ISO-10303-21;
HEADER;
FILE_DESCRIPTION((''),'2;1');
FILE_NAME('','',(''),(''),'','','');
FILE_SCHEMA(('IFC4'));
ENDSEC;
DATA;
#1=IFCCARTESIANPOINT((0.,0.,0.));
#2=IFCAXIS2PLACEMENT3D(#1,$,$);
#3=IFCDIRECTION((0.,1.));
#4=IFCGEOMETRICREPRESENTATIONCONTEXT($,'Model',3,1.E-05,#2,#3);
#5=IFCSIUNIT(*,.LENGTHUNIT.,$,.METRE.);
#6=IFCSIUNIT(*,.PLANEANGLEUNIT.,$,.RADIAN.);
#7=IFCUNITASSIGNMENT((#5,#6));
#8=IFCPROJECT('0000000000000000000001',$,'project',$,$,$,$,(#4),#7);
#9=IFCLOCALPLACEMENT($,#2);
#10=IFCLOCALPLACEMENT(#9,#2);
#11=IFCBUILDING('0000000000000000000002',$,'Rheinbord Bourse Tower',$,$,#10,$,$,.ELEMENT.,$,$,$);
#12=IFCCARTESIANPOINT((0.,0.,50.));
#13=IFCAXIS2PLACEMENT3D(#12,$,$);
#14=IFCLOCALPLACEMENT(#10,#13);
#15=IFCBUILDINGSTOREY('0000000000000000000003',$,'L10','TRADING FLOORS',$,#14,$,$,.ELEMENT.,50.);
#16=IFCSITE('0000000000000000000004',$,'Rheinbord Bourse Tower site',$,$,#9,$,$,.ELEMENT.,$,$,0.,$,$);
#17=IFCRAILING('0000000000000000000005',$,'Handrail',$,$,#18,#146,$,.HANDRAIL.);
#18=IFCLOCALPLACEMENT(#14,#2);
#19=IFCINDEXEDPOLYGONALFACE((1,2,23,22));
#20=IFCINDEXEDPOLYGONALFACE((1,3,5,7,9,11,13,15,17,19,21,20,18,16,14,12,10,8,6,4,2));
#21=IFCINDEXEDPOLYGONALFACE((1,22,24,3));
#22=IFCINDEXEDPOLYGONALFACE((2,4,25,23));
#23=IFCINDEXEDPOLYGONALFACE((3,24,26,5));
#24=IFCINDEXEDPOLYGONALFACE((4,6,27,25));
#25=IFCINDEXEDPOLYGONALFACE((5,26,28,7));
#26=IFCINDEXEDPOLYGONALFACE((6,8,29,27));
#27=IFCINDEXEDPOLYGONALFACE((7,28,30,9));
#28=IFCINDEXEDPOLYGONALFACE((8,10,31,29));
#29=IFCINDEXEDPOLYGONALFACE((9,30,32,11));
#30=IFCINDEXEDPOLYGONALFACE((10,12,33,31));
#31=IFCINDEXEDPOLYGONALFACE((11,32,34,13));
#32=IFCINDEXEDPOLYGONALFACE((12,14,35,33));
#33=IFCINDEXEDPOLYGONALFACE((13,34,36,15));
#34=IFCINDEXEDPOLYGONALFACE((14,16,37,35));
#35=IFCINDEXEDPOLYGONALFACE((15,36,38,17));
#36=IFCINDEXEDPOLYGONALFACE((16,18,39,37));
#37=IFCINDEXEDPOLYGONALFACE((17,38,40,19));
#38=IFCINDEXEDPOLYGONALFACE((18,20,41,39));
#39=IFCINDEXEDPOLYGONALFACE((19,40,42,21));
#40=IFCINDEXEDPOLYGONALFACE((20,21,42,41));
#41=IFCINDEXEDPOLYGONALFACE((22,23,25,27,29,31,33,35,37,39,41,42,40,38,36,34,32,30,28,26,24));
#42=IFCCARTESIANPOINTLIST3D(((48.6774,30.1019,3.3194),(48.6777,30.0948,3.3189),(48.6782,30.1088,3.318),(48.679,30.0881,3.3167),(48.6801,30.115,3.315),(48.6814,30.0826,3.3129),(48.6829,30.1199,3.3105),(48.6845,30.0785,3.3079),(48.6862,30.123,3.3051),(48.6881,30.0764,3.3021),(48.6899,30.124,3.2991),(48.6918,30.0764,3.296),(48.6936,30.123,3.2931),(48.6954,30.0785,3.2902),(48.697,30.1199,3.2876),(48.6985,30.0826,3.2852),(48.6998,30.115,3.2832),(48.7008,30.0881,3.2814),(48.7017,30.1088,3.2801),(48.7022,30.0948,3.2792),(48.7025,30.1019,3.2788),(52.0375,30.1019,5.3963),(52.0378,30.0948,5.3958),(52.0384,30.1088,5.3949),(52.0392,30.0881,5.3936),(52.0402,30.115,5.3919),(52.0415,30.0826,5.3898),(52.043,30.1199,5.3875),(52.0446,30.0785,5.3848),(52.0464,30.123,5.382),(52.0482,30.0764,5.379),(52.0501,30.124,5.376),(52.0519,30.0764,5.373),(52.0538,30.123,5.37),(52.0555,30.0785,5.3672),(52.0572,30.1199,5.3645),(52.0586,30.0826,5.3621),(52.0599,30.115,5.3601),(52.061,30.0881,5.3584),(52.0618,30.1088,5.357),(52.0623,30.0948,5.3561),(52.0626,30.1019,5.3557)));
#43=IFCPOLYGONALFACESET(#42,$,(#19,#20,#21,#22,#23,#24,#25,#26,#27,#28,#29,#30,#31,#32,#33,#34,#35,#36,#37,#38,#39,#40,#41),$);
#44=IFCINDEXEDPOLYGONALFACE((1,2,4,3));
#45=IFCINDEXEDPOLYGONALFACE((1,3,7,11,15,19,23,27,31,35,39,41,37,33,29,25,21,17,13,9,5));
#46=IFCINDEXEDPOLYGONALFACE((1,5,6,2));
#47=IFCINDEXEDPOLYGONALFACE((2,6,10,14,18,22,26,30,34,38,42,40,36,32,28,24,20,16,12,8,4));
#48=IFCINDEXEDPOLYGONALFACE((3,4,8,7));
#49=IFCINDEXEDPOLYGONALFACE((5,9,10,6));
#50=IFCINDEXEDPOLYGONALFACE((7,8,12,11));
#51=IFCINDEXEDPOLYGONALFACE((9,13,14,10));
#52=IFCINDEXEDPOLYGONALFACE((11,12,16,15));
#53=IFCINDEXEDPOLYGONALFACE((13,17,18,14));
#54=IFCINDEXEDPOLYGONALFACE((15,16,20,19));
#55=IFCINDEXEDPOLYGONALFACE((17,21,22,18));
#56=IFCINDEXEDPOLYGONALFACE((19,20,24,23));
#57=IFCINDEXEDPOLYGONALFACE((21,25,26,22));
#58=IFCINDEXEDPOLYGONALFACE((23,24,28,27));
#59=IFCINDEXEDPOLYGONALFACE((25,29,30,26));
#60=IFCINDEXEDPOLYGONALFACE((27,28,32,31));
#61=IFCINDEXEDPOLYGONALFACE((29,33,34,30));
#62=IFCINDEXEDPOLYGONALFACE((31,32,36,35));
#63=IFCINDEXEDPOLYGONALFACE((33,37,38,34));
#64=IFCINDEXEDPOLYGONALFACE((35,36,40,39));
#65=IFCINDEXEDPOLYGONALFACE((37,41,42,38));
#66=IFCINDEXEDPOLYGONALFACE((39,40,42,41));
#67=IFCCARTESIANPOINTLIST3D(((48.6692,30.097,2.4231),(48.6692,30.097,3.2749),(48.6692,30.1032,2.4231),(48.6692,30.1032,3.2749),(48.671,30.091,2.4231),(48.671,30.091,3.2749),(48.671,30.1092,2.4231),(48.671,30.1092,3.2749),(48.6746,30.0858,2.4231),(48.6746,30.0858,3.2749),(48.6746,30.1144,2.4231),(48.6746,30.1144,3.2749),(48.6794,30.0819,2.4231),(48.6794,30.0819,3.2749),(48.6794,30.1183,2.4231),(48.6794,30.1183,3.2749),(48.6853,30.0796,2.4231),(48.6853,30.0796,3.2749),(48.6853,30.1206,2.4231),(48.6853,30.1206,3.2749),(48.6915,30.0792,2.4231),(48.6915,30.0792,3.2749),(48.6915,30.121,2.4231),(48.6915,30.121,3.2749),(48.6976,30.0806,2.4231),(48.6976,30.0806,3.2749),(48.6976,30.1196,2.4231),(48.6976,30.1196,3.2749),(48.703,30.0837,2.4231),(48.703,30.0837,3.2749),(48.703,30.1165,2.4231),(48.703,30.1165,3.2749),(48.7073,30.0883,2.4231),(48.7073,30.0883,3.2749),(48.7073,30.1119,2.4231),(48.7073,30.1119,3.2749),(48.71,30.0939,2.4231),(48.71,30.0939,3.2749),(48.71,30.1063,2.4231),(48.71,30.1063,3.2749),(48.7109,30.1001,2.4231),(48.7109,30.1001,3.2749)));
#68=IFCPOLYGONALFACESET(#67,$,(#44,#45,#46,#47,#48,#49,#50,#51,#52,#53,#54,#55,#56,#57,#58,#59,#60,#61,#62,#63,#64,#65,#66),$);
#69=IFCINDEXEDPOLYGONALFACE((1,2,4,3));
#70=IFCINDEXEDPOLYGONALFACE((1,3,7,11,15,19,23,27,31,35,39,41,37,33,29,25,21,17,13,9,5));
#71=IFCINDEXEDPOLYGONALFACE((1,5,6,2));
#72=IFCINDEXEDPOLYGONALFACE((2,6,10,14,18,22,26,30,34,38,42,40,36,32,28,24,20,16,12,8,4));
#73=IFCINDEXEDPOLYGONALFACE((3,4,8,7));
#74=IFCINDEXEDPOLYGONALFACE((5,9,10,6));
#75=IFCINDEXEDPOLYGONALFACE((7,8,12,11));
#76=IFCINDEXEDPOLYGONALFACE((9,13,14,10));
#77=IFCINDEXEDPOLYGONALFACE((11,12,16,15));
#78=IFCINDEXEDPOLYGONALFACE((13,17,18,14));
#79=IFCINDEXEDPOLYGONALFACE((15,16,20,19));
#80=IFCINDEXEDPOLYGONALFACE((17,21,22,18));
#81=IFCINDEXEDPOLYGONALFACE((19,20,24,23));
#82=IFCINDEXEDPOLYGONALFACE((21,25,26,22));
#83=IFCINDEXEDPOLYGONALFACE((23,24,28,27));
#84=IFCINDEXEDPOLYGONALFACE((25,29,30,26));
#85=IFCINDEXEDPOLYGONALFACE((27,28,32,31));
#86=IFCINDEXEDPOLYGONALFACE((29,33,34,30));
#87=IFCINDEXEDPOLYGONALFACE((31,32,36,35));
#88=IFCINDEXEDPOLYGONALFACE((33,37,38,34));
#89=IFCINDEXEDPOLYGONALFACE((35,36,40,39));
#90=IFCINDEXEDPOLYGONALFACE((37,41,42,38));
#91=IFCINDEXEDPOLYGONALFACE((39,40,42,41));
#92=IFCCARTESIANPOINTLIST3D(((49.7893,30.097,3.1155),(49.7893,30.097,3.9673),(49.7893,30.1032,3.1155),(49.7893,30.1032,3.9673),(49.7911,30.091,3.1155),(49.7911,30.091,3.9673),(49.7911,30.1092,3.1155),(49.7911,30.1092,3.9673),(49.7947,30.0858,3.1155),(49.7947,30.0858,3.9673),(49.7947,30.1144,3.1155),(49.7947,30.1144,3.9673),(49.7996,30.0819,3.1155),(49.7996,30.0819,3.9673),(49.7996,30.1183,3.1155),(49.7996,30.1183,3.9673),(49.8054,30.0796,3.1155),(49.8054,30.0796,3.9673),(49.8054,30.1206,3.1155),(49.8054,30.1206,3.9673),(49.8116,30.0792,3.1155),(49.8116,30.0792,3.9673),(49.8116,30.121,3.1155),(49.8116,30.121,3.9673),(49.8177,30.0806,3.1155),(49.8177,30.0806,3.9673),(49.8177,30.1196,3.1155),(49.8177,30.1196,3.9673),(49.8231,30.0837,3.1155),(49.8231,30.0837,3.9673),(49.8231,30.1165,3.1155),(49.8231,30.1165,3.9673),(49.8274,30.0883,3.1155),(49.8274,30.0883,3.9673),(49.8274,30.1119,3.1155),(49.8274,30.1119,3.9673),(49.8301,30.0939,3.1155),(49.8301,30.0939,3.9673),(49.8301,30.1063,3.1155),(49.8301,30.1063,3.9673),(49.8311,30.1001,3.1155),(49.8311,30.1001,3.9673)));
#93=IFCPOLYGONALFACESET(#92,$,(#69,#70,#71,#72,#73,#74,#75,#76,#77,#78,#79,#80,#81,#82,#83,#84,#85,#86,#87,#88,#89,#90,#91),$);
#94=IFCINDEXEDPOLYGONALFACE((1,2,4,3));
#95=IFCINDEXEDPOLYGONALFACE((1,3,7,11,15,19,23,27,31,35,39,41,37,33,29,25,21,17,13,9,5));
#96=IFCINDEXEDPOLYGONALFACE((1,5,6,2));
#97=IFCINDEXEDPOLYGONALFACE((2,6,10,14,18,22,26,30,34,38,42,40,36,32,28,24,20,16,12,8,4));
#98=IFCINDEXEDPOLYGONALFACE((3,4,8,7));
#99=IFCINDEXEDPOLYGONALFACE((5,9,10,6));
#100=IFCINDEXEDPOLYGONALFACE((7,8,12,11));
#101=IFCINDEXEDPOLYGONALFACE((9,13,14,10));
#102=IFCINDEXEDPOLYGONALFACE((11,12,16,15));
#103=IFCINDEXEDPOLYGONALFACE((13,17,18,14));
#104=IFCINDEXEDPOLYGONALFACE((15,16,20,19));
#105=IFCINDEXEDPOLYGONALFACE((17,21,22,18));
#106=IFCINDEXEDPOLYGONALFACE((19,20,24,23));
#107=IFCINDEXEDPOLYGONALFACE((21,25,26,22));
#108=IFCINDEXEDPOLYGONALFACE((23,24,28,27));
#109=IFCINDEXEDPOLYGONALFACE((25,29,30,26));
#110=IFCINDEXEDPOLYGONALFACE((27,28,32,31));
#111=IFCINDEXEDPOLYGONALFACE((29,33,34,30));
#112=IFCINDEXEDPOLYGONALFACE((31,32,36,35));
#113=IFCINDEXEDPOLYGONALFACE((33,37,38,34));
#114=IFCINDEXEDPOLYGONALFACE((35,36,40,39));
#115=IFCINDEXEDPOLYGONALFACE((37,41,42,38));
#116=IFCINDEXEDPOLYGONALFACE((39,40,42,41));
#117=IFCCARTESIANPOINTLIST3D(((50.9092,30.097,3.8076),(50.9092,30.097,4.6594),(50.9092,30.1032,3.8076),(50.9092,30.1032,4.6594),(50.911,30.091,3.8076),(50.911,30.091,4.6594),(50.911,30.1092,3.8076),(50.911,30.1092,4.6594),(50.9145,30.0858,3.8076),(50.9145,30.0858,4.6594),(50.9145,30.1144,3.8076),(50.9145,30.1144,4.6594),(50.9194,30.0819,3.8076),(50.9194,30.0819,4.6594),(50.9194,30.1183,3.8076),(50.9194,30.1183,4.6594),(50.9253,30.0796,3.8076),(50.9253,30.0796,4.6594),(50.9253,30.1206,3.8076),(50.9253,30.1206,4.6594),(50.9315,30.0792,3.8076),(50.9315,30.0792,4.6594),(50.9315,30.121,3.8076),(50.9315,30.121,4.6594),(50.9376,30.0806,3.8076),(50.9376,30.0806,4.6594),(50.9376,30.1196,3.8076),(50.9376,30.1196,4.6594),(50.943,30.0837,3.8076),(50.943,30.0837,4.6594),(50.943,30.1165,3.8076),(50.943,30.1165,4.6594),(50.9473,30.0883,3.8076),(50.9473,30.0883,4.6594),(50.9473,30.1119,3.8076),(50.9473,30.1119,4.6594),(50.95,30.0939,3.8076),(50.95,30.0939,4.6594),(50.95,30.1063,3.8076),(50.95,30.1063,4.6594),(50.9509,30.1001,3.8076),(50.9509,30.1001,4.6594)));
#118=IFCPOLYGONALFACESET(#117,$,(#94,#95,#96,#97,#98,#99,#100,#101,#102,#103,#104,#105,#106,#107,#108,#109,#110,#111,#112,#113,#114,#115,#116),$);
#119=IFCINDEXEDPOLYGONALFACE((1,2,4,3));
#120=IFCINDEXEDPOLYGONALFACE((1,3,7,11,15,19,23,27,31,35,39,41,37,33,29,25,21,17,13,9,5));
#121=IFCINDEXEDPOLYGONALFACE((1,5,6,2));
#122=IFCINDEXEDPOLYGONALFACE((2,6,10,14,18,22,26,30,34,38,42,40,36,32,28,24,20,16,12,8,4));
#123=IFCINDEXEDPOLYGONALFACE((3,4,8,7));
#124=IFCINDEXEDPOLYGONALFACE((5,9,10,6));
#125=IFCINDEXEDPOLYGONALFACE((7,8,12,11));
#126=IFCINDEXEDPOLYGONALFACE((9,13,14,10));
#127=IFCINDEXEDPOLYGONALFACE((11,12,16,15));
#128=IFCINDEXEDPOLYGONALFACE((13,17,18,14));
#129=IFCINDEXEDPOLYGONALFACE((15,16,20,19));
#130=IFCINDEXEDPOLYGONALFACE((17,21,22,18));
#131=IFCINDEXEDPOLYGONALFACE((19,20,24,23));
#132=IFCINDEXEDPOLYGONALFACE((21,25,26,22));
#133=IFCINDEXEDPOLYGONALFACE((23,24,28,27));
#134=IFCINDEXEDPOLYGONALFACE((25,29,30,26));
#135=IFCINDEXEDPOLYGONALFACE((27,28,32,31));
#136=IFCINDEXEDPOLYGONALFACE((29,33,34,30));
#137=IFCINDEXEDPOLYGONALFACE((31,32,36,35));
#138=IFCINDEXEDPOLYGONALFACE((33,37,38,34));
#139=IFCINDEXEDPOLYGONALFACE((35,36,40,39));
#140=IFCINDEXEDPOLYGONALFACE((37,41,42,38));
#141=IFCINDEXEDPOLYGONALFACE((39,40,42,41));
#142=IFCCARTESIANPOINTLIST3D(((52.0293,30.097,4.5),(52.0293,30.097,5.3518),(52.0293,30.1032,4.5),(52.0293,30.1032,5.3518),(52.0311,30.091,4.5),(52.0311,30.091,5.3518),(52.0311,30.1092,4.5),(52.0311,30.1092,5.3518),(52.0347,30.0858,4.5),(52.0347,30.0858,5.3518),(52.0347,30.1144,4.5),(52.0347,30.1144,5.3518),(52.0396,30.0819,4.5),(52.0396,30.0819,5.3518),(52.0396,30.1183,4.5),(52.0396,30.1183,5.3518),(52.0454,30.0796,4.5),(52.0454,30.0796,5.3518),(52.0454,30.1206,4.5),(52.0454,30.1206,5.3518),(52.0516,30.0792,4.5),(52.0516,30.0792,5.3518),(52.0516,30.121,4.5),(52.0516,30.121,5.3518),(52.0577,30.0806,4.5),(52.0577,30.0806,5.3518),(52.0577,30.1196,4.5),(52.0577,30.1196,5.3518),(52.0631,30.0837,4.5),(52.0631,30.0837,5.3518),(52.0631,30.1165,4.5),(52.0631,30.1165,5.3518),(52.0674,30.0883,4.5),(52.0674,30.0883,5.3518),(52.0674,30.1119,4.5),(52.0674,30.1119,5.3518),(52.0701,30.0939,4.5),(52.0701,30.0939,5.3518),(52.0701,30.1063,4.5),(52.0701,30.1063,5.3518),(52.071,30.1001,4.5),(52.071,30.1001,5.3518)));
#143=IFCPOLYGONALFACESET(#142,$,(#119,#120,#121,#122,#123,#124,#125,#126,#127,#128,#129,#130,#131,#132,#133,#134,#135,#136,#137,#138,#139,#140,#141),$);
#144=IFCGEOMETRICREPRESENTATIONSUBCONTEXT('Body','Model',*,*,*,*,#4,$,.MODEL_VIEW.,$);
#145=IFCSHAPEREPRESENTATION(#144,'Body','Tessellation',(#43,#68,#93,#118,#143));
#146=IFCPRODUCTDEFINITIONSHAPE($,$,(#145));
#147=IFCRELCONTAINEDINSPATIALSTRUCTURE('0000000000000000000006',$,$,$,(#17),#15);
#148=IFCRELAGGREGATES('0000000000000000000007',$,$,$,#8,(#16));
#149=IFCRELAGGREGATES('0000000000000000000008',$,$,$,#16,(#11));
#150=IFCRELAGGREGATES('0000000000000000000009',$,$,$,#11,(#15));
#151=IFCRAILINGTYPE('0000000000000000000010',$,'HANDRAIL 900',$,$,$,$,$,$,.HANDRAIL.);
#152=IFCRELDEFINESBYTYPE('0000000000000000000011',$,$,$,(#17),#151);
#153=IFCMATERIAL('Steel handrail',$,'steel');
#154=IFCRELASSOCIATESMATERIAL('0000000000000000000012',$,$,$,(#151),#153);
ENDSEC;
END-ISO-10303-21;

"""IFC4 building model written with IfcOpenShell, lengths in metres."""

from ifc_helpers import new_model, si_unit, direction, frame, origin, origin_2d, place, context, subcontext, project, spatial, circle, extrude, material, type_object, element, save


model = new_model("IFC4")

# Units and contexts
model_context = context("Model", 3, precision=1e-05, world=origin(), true_north=direction((0.0, 1.0)))
body_context = subcontext(model_context, "Body", "Model", "MODEL_VIEW")
ifc_project = project(units=[si_unit("LENGTHUNIT", "METRE"), si_unit("PLANEANGLEUNIT", "RADIAN")], contexts=[model_context])

# Site, building, storey
site_placement = place(None, origin())
site = spatial("IfcSite", under=ifc_project, at=site_placement, Name="Rheinbord Bourse Tower site", CompositionType="ELEMENT", RefElevation=0.0)
building_placement = place(site_placement, origin())
building = spatial("IfcBuilding", under=site, at=building_placement, Name="Rheinbord Bourse Tower", CompositionType="ELEMENT")
storey_placement = place(building_placement, frame((0.0, 0.0, 50.0)))
storey = spatial("IfcBuildingStorey", under=building, at=storey_placement, Name="L10", Description="TRADING FLOORS", CompositionType="ELEMENT", Elevation=50.0)

# Railing
ifc_material_1 = material(Name="Steel handrail", Category="steel")
railing_type = type_object("IfcRailingType", Name="HANDRAIL 900", PredefinedType="HANDRAIL", material=ifc_material_1)
railing_1_placement = place(storey_placement, frame((48.6899, 30.1001, 2.4231)))
element("IfcRailing", 1, at=railing_1_placement, inside=storey, type_object=railing_type, Name="Handrail", PredefinedType="HANDRAIL", context=body_context, shape_type="SweptSolid", body=[
    extrude(circle(Radius=0.0239, at=origin_2d()), frame((0.0, 0.0, 0.876), z_axis=(0.850623, 0.0, 0.525776), x_axis=(0.0, 1.0, 0.0)), (0.0, 0.0, 1.0), 3.9502),
    extrude(circle(Radius=0.021, at=origin_2d()), origin(), (0.0, 0.0, 1.0), 0.8518),
    extrude(circle(Radius=0.021, at=origin_2d()), frame((1.1201, 0.0, 0.6924)), (0.0, 0.0, 1.0), 0.8518),
    extrude(circle(Radius=0.021, at=origin_2d()), frame((2.24, 0.0, 1.3845)), (0.0, 0.0, 1.0), 0.8518),
    extrude(circle(Radius=0.021, at=origin_2d()), frame((3.3601, 0.0, 2.0769)), (0.0, 0.0, 1.0), 0.8518),
])

save(model, "model.ifc")
